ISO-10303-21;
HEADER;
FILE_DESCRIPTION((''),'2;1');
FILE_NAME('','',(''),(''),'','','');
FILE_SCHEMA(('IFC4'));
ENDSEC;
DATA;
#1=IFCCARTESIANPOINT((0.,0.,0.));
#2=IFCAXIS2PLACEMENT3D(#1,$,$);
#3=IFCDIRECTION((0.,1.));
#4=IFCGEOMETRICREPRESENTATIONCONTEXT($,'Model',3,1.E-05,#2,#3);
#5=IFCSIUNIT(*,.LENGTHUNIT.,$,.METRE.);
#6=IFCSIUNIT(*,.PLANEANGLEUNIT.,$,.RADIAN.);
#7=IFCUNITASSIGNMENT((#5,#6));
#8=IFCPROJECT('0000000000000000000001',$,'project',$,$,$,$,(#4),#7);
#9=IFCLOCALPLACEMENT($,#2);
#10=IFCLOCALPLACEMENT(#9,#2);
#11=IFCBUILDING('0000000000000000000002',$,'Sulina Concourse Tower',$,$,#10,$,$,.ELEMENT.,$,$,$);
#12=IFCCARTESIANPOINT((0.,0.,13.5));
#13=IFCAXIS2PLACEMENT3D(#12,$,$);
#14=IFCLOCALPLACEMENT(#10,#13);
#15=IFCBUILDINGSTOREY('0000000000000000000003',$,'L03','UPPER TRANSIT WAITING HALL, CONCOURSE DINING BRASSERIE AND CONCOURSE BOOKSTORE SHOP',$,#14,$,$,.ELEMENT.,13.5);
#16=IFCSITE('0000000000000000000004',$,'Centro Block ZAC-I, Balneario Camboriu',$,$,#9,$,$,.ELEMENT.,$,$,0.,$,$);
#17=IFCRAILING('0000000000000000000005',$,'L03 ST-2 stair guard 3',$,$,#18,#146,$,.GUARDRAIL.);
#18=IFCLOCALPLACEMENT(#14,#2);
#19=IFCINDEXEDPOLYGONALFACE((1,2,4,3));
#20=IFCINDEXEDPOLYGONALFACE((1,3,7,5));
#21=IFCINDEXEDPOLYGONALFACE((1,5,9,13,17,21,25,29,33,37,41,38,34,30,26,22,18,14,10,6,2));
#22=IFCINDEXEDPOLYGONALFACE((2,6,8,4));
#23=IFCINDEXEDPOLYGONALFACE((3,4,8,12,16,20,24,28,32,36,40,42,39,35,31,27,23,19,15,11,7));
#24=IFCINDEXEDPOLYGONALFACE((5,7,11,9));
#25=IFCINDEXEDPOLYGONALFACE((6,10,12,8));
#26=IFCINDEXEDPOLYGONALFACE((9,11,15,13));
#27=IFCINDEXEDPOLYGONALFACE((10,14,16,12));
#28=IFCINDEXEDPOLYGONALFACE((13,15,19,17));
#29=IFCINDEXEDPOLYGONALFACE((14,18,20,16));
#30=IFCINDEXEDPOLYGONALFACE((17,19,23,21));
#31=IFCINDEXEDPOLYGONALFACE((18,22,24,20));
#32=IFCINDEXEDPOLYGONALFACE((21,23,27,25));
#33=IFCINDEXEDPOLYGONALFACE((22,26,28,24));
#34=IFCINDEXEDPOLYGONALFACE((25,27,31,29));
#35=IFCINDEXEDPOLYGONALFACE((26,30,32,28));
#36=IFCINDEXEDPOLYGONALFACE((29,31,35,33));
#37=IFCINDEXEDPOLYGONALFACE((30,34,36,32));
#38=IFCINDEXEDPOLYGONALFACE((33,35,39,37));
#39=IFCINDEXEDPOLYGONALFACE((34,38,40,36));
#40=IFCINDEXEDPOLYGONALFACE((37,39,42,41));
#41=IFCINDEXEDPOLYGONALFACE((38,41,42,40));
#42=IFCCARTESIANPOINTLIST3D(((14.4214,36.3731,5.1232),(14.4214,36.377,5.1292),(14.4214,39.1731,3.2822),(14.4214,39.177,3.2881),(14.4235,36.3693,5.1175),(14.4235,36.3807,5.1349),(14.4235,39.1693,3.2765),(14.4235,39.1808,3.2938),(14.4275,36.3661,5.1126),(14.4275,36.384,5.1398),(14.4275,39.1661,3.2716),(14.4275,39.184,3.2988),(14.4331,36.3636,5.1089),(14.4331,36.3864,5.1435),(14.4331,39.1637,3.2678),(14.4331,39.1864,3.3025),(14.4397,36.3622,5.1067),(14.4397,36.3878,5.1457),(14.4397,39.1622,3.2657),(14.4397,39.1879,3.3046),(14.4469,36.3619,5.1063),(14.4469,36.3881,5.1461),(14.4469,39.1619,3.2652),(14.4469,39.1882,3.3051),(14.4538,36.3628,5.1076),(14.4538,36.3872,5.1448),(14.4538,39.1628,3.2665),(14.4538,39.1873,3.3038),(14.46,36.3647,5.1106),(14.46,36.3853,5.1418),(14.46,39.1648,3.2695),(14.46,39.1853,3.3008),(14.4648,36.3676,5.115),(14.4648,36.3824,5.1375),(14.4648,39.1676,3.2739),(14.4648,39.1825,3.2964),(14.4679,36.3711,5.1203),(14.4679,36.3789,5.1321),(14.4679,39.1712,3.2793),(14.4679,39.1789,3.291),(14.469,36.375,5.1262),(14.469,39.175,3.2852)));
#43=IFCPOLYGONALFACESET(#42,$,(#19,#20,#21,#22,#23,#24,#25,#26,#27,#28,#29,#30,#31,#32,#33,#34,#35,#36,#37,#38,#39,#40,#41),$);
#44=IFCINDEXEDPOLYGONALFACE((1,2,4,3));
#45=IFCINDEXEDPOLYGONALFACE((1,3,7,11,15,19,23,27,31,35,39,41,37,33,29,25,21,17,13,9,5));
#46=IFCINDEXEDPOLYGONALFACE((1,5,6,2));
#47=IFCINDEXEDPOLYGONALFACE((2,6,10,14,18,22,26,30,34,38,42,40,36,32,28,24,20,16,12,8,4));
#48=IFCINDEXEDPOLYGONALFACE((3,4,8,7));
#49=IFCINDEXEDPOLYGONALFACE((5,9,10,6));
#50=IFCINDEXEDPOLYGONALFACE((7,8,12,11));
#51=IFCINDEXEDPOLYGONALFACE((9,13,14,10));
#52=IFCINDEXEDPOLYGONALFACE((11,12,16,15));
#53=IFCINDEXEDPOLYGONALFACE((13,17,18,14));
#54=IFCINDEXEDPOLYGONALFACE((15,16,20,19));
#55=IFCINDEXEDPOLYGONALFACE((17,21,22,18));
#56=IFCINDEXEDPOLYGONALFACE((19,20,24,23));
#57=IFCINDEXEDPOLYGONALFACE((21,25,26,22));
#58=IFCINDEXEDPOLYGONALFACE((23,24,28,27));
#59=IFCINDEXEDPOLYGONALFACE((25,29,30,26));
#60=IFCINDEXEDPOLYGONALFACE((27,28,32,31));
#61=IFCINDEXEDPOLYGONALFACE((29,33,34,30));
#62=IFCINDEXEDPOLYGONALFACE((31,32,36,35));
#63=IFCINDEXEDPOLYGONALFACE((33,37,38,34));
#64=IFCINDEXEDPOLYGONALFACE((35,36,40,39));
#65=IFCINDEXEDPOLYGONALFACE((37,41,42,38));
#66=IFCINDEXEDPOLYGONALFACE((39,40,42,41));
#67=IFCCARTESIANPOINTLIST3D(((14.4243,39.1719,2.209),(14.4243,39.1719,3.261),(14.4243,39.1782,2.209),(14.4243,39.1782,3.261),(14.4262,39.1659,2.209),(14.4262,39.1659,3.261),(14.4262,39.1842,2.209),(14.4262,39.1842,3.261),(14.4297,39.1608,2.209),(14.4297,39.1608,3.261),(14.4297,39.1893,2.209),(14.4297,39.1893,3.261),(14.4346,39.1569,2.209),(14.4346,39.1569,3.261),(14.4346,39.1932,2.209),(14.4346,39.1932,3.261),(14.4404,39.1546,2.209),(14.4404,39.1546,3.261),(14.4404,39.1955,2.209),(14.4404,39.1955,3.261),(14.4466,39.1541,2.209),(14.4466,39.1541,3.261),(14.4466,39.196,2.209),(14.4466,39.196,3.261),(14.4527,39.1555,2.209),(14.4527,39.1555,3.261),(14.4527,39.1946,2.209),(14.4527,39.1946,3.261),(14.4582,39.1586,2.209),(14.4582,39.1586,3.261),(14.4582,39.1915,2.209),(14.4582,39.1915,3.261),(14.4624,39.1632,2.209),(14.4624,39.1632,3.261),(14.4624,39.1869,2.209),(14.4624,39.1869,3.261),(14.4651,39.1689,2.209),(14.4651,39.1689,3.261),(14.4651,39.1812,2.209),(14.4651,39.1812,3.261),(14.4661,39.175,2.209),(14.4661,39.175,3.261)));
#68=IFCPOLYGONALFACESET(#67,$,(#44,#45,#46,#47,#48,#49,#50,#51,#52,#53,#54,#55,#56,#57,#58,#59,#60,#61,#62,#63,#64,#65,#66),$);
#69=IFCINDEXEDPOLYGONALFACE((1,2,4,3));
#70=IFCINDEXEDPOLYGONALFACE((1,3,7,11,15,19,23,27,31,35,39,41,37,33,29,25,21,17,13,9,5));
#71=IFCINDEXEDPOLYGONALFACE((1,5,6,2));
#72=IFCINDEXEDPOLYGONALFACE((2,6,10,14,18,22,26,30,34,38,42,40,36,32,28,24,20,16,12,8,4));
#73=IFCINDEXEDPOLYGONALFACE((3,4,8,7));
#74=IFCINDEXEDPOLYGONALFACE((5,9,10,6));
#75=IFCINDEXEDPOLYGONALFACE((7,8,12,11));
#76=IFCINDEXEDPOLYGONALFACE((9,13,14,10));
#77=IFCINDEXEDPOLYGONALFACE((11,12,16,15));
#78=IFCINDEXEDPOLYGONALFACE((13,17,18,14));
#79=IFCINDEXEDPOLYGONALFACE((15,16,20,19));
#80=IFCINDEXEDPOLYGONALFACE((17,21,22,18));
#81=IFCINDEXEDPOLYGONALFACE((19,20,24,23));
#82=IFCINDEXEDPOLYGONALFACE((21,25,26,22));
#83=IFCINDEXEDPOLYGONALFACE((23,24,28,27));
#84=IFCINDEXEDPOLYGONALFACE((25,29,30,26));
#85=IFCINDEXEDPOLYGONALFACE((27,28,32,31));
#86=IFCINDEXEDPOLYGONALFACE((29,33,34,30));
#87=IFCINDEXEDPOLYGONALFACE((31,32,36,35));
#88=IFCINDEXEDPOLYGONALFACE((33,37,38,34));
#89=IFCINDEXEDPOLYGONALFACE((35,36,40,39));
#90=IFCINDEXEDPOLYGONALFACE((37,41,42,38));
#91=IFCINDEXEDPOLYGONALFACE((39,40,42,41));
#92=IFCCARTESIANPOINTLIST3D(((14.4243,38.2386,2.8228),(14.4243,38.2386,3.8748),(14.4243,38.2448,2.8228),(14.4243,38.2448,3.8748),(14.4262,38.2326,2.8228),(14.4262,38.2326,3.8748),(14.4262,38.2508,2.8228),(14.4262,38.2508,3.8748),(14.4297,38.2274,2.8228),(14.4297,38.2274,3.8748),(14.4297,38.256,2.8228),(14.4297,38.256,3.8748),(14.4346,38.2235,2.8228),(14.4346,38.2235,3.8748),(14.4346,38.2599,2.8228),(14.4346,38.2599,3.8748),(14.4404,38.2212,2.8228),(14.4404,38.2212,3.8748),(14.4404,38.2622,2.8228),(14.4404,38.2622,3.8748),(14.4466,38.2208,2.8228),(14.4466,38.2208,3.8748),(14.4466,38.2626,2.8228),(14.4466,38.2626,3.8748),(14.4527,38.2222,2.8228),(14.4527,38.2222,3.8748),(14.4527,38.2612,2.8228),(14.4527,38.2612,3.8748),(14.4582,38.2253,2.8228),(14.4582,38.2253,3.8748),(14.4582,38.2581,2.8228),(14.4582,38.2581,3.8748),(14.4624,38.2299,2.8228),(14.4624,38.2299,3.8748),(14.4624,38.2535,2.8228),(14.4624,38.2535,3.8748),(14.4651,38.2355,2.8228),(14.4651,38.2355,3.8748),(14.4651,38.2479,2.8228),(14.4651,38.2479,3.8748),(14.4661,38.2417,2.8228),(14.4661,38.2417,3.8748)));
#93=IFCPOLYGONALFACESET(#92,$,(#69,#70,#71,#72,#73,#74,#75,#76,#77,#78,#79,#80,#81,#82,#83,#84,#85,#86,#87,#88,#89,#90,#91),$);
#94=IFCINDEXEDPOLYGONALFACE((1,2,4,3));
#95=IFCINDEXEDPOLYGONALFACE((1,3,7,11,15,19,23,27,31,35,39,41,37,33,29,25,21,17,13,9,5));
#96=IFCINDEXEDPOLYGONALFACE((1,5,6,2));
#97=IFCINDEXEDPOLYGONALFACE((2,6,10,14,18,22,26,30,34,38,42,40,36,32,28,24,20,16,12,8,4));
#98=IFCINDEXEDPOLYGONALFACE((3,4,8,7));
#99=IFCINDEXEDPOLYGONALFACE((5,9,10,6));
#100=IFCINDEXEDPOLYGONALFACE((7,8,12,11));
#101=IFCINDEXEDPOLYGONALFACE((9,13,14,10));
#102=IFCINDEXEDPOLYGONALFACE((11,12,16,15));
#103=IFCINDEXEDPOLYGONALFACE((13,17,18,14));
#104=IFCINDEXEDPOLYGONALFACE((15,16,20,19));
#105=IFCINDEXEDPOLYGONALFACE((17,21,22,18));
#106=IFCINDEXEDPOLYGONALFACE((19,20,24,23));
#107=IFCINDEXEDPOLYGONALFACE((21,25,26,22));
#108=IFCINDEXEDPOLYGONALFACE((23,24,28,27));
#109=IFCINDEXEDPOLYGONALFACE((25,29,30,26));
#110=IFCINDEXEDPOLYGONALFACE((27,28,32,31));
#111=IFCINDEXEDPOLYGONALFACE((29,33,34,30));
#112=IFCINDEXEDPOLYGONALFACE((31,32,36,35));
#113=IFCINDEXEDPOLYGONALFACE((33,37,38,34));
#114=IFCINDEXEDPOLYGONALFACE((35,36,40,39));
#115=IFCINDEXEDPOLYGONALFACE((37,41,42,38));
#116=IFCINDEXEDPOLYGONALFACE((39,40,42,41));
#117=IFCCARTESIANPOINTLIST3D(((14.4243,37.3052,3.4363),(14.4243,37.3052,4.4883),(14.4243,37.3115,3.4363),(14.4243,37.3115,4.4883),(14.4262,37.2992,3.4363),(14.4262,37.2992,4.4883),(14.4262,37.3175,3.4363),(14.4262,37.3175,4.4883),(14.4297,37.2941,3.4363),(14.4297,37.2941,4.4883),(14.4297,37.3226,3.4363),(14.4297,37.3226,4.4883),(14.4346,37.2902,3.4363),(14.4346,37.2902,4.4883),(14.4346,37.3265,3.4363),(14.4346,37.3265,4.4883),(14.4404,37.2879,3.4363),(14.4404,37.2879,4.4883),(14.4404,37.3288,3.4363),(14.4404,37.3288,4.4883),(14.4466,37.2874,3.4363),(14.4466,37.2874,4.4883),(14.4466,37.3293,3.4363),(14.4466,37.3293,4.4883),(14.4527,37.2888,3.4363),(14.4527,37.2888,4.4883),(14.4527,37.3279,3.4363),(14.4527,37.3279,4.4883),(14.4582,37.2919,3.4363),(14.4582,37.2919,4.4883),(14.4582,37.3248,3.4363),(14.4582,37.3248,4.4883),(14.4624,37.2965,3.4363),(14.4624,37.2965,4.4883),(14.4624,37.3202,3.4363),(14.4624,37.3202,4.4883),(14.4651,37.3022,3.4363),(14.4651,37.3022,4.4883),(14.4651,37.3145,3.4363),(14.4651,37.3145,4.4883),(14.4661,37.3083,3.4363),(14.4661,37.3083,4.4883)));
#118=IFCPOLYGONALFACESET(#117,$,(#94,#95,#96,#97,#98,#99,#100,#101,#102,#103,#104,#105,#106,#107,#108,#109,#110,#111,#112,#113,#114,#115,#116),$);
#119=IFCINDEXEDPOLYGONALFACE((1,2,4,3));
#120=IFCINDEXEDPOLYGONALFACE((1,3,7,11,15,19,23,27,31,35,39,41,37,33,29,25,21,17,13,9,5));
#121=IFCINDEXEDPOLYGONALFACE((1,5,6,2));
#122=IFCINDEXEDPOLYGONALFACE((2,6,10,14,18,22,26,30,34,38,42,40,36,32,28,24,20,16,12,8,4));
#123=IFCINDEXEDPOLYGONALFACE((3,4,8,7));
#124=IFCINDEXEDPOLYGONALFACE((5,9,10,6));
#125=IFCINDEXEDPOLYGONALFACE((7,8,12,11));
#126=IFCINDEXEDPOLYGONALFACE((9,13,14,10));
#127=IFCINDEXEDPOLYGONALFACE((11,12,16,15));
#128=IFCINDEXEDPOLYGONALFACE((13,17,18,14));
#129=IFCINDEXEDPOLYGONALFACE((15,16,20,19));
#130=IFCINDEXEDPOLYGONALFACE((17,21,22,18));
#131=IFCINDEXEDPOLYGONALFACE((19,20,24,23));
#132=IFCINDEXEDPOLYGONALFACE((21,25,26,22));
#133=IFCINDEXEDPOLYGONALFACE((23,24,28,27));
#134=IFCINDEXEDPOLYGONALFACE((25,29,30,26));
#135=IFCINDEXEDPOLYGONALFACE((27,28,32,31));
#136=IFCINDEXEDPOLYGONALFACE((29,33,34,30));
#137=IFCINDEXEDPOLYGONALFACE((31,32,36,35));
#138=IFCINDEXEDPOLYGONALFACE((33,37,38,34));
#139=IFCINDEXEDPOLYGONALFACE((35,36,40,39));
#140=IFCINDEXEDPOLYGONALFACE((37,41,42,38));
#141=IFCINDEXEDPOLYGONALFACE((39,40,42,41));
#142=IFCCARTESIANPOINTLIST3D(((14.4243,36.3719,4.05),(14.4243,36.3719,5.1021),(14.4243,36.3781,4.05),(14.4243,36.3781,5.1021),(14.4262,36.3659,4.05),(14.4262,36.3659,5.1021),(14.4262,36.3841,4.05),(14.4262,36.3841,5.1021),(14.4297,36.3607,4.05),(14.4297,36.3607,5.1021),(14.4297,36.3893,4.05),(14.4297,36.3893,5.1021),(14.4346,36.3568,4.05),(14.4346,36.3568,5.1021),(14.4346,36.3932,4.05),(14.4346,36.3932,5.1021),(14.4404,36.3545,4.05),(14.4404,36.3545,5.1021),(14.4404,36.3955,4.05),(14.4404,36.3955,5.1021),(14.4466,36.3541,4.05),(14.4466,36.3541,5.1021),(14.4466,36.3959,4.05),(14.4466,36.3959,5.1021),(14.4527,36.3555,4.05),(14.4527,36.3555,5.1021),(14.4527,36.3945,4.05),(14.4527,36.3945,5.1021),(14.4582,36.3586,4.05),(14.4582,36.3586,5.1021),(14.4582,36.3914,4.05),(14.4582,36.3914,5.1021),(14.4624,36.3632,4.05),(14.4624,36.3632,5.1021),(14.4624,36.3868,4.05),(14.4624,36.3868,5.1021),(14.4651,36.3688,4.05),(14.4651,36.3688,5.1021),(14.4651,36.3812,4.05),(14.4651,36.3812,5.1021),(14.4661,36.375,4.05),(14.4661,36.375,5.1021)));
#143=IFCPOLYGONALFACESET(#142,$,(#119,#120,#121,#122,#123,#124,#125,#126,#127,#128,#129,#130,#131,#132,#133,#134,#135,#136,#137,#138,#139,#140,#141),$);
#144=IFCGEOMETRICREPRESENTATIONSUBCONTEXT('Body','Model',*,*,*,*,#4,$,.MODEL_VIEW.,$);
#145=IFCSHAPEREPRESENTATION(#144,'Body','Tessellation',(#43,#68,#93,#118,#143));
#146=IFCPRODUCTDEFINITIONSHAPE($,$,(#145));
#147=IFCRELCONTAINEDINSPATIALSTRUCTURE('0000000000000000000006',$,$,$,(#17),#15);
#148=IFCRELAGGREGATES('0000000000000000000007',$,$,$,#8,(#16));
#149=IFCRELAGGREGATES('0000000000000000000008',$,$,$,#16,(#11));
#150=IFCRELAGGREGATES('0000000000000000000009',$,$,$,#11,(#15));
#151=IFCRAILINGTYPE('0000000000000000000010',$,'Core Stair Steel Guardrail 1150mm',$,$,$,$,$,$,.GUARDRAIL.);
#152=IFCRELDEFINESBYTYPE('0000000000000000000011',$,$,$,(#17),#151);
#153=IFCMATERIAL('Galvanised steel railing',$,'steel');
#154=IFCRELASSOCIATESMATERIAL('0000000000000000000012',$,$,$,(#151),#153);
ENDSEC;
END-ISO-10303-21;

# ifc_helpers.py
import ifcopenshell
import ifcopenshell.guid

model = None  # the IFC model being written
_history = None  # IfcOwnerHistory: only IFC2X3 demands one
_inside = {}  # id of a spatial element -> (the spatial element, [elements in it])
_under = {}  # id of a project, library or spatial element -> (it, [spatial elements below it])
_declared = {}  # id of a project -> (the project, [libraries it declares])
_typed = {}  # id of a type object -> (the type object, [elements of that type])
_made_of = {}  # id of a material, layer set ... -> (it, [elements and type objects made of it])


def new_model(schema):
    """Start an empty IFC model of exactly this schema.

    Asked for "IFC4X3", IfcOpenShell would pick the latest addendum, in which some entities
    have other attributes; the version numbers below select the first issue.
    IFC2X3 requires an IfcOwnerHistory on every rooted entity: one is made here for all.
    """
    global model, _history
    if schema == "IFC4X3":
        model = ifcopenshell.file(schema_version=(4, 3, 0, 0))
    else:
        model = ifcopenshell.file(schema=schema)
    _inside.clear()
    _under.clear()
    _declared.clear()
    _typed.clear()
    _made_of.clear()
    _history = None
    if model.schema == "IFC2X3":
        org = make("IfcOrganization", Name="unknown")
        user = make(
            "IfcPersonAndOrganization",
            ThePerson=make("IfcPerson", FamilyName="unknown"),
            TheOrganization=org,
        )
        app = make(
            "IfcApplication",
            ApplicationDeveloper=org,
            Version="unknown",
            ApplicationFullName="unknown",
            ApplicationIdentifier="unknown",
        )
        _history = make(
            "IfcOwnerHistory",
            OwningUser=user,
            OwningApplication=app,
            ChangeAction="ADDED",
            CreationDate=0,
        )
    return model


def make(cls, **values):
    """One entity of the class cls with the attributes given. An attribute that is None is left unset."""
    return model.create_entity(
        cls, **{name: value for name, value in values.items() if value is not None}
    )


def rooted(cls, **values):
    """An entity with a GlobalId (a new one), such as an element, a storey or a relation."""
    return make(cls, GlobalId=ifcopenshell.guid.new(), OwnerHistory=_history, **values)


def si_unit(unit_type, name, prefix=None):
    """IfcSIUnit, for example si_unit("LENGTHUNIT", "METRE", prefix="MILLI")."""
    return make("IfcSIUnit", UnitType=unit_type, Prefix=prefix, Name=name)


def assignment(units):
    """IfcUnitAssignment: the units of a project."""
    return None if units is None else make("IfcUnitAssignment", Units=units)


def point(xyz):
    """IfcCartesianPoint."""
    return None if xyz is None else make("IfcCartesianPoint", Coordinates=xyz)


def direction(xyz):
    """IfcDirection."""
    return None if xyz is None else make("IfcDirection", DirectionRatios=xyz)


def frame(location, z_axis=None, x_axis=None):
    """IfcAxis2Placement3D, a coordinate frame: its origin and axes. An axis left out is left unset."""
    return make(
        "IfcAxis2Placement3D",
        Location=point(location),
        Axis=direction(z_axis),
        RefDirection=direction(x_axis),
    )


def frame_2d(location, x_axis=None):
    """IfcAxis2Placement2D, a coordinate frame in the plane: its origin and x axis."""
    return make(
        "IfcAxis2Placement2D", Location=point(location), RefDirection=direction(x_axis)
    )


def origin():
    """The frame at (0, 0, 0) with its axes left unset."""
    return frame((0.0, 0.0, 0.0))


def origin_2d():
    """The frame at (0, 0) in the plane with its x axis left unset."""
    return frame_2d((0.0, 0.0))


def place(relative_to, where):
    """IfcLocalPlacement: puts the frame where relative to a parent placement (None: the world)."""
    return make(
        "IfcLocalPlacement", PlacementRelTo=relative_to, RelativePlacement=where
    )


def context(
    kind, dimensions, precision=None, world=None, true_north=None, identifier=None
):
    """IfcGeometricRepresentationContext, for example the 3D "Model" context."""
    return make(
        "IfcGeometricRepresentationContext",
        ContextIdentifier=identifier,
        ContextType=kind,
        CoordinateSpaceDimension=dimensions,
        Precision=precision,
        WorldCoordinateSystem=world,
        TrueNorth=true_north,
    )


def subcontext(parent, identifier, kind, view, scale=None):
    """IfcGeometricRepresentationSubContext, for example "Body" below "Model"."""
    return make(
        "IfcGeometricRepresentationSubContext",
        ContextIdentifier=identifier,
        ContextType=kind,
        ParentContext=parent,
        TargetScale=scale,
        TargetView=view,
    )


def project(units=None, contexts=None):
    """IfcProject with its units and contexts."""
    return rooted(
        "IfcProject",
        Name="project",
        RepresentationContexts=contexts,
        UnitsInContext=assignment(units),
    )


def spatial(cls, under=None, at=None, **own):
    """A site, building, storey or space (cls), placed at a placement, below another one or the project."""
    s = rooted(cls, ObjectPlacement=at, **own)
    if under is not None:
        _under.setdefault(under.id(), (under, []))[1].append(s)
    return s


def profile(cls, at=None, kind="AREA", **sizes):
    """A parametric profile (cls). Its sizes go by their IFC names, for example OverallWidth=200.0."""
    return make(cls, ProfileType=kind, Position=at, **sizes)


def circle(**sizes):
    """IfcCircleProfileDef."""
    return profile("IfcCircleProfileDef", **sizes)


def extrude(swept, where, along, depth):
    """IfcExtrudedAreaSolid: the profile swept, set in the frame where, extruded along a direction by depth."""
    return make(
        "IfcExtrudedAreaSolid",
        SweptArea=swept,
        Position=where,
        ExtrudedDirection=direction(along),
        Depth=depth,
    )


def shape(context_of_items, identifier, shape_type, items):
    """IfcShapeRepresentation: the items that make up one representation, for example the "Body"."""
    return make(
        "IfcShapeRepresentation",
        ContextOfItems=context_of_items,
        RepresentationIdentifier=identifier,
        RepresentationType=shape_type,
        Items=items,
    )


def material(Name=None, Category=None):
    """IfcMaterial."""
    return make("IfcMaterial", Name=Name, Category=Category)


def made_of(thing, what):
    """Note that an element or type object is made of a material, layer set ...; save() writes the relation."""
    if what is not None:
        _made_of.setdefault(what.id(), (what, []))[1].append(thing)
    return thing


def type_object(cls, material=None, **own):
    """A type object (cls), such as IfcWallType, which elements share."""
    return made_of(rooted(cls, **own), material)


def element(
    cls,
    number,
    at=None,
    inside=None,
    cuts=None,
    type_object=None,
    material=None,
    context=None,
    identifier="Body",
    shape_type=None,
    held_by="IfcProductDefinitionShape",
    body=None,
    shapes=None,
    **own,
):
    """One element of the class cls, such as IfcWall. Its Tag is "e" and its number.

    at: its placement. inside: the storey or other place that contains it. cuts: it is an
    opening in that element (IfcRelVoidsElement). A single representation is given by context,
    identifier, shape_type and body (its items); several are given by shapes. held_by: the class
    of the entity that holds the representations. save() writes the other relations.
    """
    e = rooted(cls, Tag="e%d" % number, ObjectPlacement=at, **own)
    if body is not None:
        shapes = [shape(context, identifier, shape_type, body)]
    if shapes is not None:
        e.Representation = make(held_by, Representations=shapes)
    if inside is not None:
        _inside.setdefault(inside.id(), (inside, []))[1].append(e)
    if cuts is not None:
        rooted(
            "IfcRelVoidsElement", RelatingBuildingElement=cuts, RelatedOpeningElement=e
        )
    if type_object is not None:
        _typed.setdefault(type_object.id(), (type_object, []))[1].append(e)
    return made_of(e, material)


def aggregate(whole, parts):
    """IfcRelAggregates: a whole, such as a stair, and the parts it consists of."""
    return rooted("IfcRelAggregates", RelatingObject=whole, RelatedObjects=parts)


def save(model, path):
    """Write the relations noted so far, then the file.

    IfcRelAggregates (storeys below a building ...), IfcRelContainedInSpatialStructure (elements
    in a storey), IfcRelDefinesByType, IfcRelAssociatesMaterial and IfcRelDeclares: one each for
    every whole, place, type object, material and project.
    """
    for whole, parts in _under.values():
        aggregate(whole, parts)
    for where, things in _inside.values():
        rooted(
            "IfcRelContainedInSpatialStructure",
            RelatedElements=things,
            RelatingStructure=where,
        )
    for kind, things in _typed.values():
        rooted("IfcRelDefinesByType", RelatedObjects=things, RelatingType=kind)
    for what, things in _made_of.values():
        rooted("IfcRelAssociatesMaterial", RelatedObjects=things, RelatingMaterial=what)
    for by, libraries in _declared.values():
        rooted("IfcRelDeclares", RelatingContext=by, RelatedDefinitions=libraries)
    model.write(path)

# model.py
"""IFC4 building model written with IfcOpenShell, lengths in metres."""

from ifc_helpers import new_model, si_unit, direction, frame, origin, origin_2d, place, context, subcontext, project, spatial, circle, extrude, material, type_object, element, save


model = new_model("IFC4")

# Units and contexts
model_context = context("Model", 3, precision=1e-05, world=origin(), true_north=direction((0.0, 1.0)))
body_context = subcontext(model_context, "Body", "Model", "MODEL_VIEW")
ifc_project = project(units=[si_unit("LENGTHUNIT", "METRE"), si_unit("PLANEANGLEUNIT", "RADIAN")], contexts=[model_context])

# Site, building, storey
site_placement = place(None, origin())
site = spatial("IfcSite", under=ifc_project, at=site_placement, Name="Centro Block ZAC-I, Balneario Camboriu", CompositionType="ELEMENT", RefElevation=0.0)
building_placement = place(site_placement, origin())
building = spatial("IfcBuilding", under=site, at=building_placement, Name="Sulina Concourse Tower", CompositionType="ELEMENT")
storey_placement = place(building_placement, frame((0.0, 0.0, 13.5)))
storey = spatial("IfcBuildingStorey", under=building, at=storey_placement, Name="L03", Description="UPPER TRANSIT WAITING HALL, CONCOURSE DINING BRASSERIE AND CONCOURSE BOOKSTORE SHOP", CompositionType="ELEMENT", Elevation=13.5)

# Railing
ifc_material_1 = material(Name="Galvanised steel railing", Category="steel")
railing_type_1 = type_object("IfcRailingType", Name="Core Stair Steel Guardrail 1150mm", PredefinedType="GUARDRAIL", material=ifc_material_1)
railing_1_placement = place(storey_placement, frame((14.4451, 39.175, 2.209)))
element("IfcRailing", 1, at=railing_1_placement, inside=storey, type_object=railing_type_1, Name="L03 ST-2 stair guard 3", PredefinedType="GUARDRAIL", context=body_context, shape_type="SweptSolid", body=[
    extrude(circle(Radius=0.0239, at=origin_2d()), frame((0.0, 0.0, 1.0762), z_axis=(0.0, -0.835564, 0.549393), x_axis=(1.0, 0.0, 0.0)), (0.0, 0.0, 1.0), 3.3511),
    extrude(circle(Radius=0.021, at=origin_2d()), origin(), (0.0, 0.0, 1.0), 1.052),
    extrude(circle(Radius=0.021, at=origin_2d()), frame((0.0, -0.9333, 0.6138)), (0.0, 0.0, 1.0), 1.052),
    extrude(circle(Radius=0.021, at=origin_2d()), frame((0.0, -1.8667, 1.2273)), (0.0, 0.0, 1.0), 1.052),
    extrude(circle(Radius=0.021, at=origin_2d()), frame((0.0, -2.8, 1.8411)), (0.0, 0.0, 1.0), 1.052),
])

save(model, "model.ifc")
